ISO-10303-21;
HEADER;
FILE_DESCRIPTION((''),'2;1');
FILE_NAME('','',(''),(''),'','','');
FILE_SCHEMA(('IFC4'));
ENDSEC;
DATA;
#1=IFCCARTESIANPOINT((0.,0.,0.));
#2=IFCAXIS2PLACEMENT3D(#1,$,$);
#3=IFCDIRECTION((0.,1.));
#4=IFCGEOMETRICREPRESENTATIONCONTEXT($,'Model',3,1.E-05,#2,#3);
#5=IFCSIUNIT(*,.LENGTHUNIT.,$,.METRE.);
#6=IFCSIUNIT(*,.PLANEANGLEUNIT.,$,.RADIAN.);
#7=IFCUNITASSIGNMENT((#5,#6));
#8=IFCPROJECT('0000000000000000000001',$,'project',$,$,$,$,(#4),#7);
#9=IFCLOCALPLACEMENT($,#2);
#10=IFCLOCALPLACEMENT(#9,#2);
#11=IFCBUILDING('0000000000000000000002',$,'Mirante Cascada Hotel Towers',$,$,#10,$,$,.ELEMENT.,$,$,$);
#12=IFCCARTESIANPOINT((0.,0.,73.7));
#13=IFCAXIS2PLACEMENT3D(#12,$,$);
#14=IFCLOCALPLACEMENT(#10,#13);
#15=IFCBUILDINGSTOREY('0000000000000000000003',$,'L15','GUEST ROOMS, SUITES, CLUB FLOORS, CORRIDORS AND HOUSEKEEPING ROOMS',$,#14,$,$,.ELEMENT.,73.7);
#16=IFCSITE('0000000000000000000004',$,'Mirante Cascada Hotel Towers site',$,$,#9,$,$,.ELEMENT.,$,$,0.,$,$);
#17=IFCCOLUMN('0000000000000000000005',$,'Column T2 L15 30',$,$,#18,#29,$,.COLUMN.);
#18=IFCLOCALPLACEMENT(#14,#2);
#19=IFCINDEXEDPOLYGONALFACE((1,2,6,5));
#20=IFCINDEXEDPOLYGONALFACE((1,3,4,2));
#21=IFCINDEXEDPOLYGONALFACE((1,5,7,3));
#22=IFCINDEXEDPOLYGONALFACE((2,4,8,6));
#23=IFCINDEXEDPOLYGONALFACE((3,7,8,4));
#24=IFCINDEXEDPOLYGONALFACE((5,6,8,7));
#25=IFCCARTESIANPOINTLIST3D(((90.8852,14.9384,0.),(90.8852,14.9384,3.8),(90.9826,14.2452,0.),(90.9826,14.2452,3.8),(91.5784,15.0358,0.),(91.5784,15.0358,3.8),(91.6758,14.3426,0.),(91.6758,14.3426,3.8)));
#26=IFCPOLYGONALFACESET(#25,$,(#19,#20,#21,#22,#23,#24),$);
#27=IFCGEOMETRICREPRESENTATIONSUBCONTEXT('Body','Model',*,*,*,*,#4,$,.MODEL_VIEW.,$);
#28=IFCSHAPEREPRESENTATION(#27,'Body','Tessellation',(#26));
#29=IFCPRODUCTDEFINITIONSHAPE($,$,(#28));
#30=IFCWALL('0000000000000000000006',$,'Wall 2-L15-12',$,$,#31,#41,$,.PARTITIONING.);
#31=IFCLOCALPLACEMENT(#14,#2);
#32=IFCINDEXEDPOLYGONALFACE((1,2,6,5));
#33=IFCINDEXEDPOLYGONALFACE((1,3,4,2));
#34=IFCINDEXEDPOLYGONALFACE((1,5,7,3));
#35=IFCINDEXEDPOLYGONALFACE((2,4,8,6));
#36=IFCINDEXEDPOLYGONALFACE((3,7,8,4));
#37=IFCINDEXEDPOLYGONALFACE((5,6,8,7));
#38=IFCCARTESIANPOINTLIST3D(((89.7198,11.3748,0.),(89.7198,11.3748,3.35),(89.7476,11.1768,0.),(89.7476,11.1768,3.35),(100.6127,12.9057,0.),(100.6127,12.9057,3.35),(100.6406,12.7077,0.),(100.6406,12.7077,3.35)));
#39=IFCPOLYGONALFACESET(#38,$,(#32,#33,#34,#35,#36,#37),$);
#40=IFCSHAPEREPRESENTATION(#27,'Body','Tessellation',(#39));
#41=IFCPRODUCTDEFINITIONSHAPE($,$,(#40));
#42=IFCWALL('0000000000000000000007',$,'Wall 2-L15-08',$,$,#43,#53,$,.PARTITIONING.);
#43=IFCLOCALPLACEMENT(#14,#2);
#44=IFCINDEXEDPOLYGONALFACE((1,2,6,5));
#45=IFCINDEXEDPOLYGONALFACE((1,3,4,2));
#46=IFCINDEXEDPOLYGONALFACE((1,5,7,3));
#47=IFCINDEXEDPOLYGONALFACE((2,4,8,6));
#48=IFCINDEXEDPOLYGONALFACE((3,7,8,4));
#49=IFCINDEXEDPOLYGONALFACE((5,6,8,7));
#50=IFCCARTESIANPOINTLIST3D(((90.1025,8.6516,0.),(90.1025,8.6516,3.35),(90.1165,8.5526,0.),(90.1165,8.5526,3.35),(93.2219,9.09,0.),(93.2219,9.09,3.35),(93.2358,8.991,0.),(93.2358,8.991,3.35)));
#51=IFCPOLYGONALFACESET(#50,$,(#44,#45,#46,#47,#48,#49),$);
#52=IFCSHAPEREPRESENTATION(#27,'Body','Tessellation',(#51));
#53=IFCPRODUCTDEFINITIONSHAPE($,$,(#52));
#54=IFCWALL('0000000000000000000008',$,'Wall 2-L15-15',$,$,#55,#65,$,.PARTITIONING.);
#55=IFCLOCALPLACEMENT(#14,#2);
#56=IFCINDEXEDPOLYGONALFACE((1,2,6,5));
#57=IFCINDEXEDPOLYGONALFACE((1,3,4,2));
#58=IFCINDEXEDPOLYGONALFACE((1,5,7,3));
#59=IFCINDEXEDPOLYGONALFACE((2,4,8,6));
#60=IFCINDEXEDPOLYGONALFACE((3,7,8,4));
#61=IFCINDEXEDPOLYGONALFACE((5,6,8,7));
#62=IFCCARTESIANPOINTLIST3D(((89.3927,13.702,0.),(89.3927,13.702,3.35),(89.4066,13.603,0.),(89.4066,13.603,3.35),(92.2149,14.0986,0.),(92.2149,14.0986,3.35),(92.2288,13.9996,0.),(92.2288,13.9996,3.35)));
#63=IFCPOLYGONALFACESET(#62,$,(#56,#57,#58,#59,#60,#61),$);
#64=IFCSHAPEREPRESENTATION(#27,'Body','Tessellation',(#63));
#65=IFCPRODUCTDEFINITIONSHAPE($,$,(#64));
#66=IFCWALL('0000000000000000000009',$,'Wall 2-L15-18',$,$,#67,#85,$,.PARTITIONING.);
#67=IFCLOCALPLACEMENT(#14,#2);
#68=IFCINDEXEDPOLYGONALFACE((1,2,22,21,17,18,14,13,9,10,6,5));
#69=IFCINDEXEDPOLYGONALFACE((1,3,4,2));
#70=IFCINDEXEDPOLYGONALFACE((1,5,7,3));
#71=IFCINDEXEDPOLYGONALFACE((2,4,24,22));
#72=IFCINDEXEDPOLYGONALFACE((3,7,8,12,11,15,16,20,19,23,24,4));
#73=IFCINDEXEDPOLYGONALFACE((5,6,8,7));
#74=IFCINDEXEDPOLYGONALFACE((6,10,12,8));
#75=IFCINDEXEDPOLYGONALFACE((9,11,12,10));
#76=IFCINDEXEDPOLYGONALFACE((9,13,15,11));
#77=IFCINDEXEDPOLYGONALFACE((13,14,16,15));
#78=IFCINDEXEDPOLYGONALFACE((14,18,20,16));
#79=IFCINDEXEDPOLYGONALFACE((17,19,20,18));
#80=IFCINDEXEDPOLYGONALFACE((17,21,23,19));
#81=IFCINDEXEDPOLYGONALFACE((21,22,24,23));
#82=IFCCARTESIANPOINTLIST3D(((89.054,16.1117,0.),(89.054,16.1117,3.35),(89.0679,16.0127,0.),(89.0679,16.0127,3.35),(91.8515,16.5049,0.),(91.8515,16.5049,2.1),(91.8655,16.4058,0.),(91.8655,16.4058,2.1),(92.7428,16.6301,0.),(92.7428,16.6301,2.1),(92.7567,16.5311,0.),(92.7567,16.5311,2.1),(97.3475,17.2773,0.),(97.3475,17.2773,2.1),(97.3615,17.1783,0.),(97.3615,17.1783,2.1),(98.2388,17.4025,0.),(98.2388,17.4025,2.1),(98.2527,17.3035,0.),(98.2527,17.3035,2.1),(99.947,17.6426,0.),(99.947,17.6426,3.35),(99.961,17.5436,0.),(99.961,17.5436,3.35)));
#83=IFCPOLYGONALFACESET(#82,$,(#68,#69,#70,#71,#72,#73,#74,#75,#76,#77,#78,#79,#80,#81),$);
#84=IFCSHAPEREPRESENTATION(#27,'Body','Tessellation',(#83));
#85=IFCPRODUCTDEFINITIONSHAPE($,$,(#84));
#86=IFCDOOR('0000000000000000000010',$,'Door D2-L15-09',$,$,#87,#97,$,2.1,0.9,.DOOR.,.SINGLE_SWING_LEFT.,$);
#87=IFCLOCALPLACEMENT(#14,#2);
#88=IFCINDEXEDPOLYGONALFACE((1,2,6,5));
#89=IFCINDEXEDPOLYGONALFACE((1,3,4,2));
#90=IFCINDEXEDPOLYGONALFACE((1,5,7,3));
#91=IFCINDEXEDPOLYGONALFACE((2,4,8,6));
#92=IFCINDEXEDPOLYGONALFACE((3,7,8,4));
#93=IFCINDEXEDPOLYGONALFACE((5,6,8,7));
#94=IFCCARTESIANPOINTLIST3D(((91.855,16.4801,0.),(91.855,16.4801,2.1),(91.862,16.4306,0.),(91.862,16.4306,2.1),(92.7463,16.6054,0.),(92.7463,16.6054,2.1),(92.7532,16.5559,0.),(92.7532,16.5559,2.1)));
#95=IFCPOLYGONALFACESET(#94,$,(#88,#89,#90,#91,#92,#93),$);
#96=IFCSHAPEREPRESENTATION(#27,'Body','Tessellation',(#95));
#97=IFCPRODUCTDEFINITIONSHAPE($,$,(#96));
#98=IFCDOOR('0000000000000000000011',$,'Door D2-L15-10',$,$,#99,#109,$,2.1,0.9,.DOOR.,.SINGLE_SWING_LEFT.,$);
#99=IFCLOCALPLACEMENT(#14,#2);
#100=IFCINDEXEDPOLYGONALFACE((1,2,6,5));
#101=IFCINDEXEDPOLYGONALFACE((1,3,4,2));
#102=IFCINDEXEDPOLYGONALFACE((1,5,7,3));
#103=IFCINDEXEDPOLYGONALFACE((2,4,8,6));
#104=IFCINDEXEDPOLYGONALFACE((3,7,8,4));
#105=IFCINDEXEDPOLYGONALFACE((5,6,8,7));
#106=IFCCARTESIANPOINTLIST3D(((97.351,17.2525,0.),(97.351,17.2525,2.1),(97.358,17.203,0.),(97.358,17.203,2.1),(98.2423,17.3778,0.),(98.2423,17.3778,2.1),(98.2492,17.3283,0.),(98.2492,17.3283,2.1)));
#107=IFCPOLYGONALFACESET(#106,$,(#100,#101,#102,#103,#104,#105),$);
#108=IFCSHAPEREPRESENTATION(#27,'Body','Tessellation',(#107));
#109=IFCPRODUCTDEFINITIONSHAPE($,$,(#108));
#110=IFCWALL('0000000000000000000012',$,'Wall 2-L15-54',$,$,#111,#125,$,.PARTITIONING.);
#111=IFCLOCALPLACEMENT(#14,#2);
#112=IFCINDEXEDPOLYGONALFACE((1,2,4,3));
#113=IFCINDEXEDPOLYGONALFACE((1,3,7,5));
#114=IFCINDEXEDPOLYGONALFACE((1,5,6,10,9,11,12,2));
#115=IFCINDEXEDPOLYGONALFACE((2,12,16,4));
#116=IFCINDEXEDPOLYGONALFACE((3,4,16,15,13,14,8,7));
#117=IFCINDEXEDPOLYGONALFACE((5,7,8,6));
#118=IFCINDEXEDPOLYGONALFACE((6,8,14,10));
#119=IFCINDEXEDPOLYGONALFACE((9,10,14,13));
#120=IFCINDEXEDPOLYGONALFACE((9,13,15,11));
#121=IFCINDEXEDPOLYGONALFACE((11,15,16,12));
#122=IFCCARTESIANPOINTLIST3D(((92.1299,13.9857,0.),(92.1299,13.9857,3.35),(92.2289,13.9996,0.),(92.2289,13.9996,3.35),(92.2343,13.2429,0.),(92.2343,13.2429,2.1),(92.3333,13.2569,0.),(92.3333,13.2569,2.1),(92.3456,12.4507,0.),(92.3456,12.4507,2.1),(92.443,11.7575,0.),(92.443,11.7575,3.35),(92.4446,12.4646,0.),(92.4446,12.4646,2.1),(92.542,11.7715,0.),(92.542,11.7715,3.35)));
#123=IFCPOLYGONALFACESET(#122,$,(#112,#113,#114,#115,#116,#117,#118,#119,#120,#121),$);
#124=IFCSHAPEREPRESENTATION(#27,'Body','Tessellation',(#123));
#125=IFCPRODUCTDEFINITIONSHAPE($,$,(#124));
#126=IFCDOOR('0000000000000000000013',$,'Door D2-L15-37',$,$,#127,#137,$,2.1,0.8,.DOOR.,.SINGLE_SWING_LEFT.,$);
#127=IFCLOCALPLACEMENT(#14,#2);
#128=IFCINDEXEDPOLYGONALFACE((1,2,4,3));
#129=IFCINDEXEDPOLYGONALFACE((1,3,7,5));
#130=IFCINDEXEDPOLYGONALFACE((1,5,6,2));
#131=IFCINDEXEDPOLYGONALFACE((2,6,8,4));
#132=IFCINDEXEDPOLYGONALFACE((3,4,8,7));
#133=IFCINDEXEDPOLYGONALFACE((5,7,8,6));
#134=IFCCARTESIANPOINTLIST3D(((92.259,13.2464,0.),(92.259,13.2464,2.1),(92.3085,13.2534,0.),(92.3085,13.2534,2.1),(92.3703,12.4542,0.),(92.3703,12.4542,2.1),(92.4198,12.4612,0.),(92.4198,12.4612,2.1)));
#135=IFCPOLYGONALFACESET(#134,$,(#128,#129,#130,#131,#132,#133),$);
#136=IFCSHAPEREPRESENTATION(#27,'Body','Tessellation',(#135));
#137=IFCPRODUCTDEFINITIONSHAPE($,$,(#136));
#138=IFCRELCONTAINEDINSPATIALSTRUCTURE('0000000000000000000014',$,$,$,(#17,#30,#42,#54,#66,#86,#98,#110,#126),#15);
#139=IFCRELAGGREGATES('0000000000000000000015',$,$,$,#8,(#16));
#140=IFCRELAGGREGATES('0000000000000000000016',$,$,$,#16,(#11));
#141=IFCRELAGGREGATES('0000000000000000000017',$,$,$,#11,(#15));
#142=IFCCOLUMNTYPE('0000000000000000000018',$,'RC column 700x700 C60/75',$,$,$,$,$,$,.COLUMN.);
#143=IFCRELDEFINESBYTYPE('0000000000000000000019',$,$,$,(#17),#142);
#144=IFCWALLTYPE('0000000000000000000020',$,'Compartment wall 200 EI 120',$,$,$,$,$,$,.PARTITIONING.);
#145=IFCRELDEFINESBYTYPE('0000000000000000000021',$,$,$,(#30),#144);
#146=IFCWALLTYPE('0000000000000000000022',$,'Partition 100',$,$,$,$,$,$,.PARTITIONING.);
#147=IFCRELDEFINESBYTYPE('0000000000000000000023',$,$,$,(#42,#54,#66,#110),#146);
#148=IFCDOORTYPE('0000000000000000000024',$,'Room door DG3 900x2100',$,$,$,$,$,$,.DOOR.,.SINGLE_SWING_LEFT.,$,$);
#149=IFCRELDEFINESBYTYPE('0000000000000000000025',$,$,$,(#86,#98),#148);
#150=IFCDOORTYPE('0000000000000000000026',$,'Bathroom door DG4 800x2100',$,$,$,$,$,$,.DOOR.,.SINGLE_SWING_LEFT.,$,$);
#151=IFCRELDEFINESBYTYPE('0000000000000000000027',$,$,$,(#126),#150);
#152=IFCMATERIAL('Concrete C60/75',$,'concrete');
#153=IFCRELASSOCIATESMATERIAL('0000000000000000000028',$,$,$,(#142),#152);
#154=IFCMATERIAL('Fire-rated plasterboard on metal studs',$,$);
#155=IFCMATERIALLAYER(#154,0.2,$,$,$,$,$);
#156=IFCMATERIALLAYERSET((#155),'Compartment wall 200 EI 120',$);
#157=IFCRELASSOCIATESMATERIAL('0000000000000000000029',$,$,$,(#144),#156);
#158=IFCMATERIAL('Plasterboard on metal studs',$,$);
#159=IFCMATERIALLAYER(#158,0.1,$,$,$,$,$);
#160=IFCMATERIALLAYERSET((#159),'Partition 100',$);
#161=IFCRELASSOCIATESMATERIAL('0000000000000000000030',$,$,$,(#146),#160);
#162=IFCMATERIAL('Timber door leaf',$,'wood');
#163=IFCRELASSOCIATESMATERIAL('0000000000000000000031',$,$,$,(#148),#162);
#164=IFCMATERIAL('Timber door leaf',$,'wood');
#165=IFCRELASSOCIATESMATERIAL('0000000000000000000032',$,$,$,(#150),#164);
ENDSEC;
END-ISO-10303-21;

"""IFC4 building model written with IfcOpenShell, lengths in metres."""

from ifc_helpers import new_model, si_unit, direction, frame, frame_2d, origin, origin_2d, place, context, subcontext, project, spatial, rectangle, extrude, material, layer, layer_set, material_profile, profile_set, type_object, element, fill, save


model = new_model("IFC4")

# Units and contexts
model_context = context("Model", 3, precision=1e-05, world=origin(), true_north=direction((0.0, 1.0)))
body_context = subcontext(model_context, "Body", "Model", "MODEL_VIEW")
ifc_project = project(units=[si_unit("LENGTHUNIT", "METRE"), si_unit("PLANEANGLEUNIT", "RADIAN")], contexts=[model_context])

# Site, building, storey
site_placement = place(None, origin())
site = spatial("IfcSite", under=ifc_project, at=site_placement, Name="Mirante Cascada Hotel Towers site", CompositionType="ELEMENT", RefElevation=0.0)
building_placement = place(site_placement, origin())
building = spatial("IfcBuilding", under=site, at=building_placement, Name="Mirante Cascada Hotel Towers", CompositionType="ELEMENT")
storey_placement = place(building_placement, frame((0.0, 0.0, 73.7)))
storey = spatial("IfcBuildingStorey", under=building, at=storey_placement, Name="L15", Description="GUEST ROOMS, SUITES, CLUB FLOORS, CORRIDORS AND HOUSEKEEPING ROOMS", CompositionType="ELEMENT", Elevation=73.7)

# Column
ifc_material_1 = material(Name="Concrete C60/75", Category="concrete")
ifc_material_profile = material_profile(ifc_material_1, rectangle(XDim=0.7, YDim=0.7, at=origin_2d()), Name="RC column 700x700 C60/75")
ifc_profile_set = profile_set([ifc_material_profile], Name="Concrete C60/75")
column_type = type_object("IfcColumnType", Name="RC column 700x700 C60/75", PredefinedType="COLUMN", material=ifc_profile_set)
column_placement = place(storey_placement, frame((91.2805, 14.6405, 0.0), z_axis=(0.0, 0.0, 1.0), x_axis=(0.990268, 0.139173, 0.0)))
element("IfcColumn", 1, at=column_placement, inside=storey, type_object=column_type, Name="Column T2 L15 30", PredefinedType="COLUMN", context=body_context, shape_type="SweptSolid", body=[
    extrude(rectangle(XDim=0.7, YDim=0.7, at=origin_2d()), origin(), (0.0, 0.0, 1.0), 3.8),
])

# Wall
ifc_material_2 = material(Name="Fire-rated plasterboard on metal studs")
ifc_layer_1 = layer(ifc_material_2, 0.2)
ifc_layer_set_1 = layer_set([ifc_layer_1], Name="Compartment wall 200 EI 120")
wall_type_1 = type_object("IfcWallType", Name="Compartment wall 200 EI 120", PredefinedType="PARTITIONING", material=ifc_layer_set_1)
wall_1_placement = place(storey_placement, frame((89.7337, 11.2758, 0.0), z_axis=(0.0, 0.0, 1.0), x_axis=(0.990268, 0.139173, 0.0)))
element("IfcWall", 2, at=wall_1_placement, inside=storey, type_object=wall_type_1, Name="Wall 2-L15-12", PredefinedType="PARTITIONING", context=body_context, shape_type="SweptSolid", body=[
    extrude(rectangle(XDim=11.0, YDim=0.2, at=frame_2d((5.5, 0.0))), origin(), (0.0, 0.0, 1.0), 3.35),
])

# Walls
ifc_material_3 = material(Name="Plasterboard on metal studs")
ifc_layer_2 = layer(ifc_material_3, 0.1)
ifc_layer_set_2 = layer_set([ifc_layer_2], Name="Partition 100")
wall_type_2 = type_object("IfcWallType", Name="Partition 100", PredefinedType="PARTITIONING", material=ifc_layer_set_2)
wall_2_placement = place(storey_placement, frame((90.1095, 8.6021, 0.0), z_axis=(0.0, 0.0, 1.0), x_axis=(0.990268, 0.139177, 0.0)))
element("IfcWall", 3, at=wall_2_placement, inside=storey, type_object=wall_type_2, Name="Wall 2-L15-08", PredefinedType="PARTITIONING", context=body_context, shape_type="SweptSolid", body=[
    extrude(rectangle(XDim=3.15, YDim=0.1, at=frame_2d((1.575, 0.0))), origin(), (0.0, 0.0, 1.0), 3.35),
])
wall_3_placement = place(storey_placement, frame((92.2219, 14.0491, 0.0), z_axis=(0.0, 0.0, 1.0), x_axis=(-0.99027, -0.139161, 0.0)))
element("IfcWall", 4, at=wall_3_placement, inside=storey, type_object=wall_type_2, Name="Wall 2-L15-15", PredefinedType="PARTITIONING", context=body_context, shape_type="SweptSolid", body=[
    extrude(rectangle(XDim=2.8499, YDim=0.1, at=frame_2d((1.425, 0.0))), origin(), (0.0, 0.0, 1.0), 3.35),
])

# Wall, openings, doors
wall_4_placement = place(storey_placement, frame((89.061, 16.0622, 0.0), z_axis=(0.0, 0.0, 1.0), x_axis=(0.990268, 0.139172, 0.0)))
wall_4 = element("IfcWall", 5, at=wall_4_placement, inside=storey, type_object=wall_type_2, Name="Wall 2-L15-18", PredefinedType="PARTITIONING", context=body_context, shape_type="SweptSolid", body=[
    extrude(rectangle(XDim=11.0001, YDim=0.1, at=frame_2d((5.5, 0.0))), origin(), (0.0, 0.0, 1.0), 3.35),
])
opening_1_placement = place(wall_4_placement, frame((2.825, 0.0, 0.0)))
opening_1 = element("IfcOpeningElement", 6, at=opening_1_placement, cuts=wall_4, PredefinedType="OPENING", context=body_context, shape_type="SweptSolid", body=[
    extrude(rectangle(XDim=0.9, YDim=2.1, at=frame_2d((0.45, 1.05))), frame((0.0, 0.05, 0.0), z_axis=(0.0, -1.0, 0.0), x_axis=(1.0, 0.0, 0.0)), (0.0, 0.0, 1.0), 0.1),
])
opening_2_placement = place(wall_4_placement, frame((8.375, 0.0, 0.0)))
opening_2 = element("IfcOpeningElement", 7, at=opening_2_placement, cuts=wall_4, PredefinedType="OPENING", context=body_context, shape_type="SweptSolid", body=[
    extrude(rectangle(XDim=0.9, YDim=2.1, at=frame_2d((0.45, 1.05))), frame((0.0, 0.05, 0.0), z_axis=(0.0, -1.0, 0.0), x_axis=(1.0, 0.0, 0.0)), (0.0, 0.0, 1.0), 0.1),
])
ifc_material_4 = material(Name="Timber door leaf", Category="wood")
door_type_1 = type_object("IfcDoorType", Name="Room door DG3 900x2100", OperationType="SINGLE_SWING_LEFT", PredefinedType="DOOR", material=ifc_material_4)
door_1_placement = place(opening_1_placement, origin())
door_1 = element("IfcDoor", 8, at=door_1_placement, inside=storey, type_object=door_type_1, Name="Door D2-L15-09", OperationType="SINGLE_SWING_LEFT", OverallHeight=2.1, OverallWidth=0.9, PredefinedType="DOOR", context=body_context, shape_type="SweptSolid", body=[
    extrude(rectangle(XDim=0.9, YDim=2.1, at=frame_2d((0.45, 1.05))), frame((0.0, 0.025, 0.0), z_axis=(0.0, -1.0, 0.0), x_axis=(1.0, 0.0, 0.0)), (0.0, 0.0, 1.0), 0.05),
])
fill(opening_1, door_1)
door_2_placement = place(opening_2_placement, origin())
door_2 = element("IfcDoor", 9, at=door_2_placement, inside=storey, type_object=door_type_1, Name="Door D2-L15-10", OperationType="SINGLE_SWING_LEFT", OverallHeight=2.1, OverallWidth=0.9, PredefinedType="DOOR", context=body_context, shape_type="SweptSolid", body=[
    extrude(rectangle(XDim=0.9, YDim=2.1, at=frame_2d((0.45, 1.05))), frame((0.0, 0.025, 0.0), z_axis=(0.0, -1.0, 0.0), x_axis=(1.0, 0.0, 0.0)), (0.0, 0.0, 1.0), 0.05),
])
fill(opening_2, door_2)

# Wall, opening, door
wall_5_placement = place(storey_placement, frame((92.4925, 11.7645, 0.0), z_axis=(0.0, 0.0, 1.0), x_axis=(-0.139156, 0.990271, 0.0)))
wall_5 = element("IfcWall", 10, at=wall_5_placement, inside=storey, type_object=wall_type_2, Name="Wall 2-L15-54", PredefinedType="PARTITIONING", context=body_context, shape_type="SweptSolid", body=[
    extrude(rectangle(XDim=2.25, YDim=0.1, at=frame_2d((1.125, 0.0))), origin(), (0.0, 0.0, 1.0), 3.35),
])
opening_3_placement = place(wall_5_placement, frame((0.7, 0.0, 0.0)))
opening_3 = element("IfcOpeningElement", 11, at=opening_3_placement, cuts=wall_5, PredefinedType="OPENING", context=body_context, shape_type="SweptSolid", body=[
    extrude(rectangle(XDim=0.8, YDim=2.1, at=frame_2d((0.4, 1.05))), frame((0.0, 0.05, 0.0), z_axis=(0.0, -1.0, 0.0), x_axis=(1.0, 0.0, 0.0)), (0.0, 0.0, 1.0), 0.1),
])
ifc_material_5 = material(Name="Timber door leaf", Category="wood")
door_type_2 = type_object("IfcDoorType", Name="Bathroom door DG4 800x2100", OperationType="SINGLE_SWING_LEFT", PredefinedType="DOOR", material=ifc_material_5)
door_3_placement = place(opening_3_placement, origin())
door_3 = element("IfcDoor", 12, at=door_3_placement, inside=storey, type_object=door_type_2, Name="Door D2-L15-37", OperationType="SINGLE_SWING_LEFT", OverallHeight=2.1, OverallWidth=0.8, PredefinedType="DOOR", context=body_context, shape_type="SweptSolid", body=[
    extrude(rectangle(XDim=0.8, YDim=2.1, at=frame_2d((0.4, 1.05))), frame((0.0, 0.025, 0.0), z_axis=(0.0, -1.0, 0.0), x_axis=(1.0, 0.0, 0.0)), (0.0, 0.0, 1.0), 0.05),
])
fill(opening_3, door_3)

save(model, "model.ifc")
